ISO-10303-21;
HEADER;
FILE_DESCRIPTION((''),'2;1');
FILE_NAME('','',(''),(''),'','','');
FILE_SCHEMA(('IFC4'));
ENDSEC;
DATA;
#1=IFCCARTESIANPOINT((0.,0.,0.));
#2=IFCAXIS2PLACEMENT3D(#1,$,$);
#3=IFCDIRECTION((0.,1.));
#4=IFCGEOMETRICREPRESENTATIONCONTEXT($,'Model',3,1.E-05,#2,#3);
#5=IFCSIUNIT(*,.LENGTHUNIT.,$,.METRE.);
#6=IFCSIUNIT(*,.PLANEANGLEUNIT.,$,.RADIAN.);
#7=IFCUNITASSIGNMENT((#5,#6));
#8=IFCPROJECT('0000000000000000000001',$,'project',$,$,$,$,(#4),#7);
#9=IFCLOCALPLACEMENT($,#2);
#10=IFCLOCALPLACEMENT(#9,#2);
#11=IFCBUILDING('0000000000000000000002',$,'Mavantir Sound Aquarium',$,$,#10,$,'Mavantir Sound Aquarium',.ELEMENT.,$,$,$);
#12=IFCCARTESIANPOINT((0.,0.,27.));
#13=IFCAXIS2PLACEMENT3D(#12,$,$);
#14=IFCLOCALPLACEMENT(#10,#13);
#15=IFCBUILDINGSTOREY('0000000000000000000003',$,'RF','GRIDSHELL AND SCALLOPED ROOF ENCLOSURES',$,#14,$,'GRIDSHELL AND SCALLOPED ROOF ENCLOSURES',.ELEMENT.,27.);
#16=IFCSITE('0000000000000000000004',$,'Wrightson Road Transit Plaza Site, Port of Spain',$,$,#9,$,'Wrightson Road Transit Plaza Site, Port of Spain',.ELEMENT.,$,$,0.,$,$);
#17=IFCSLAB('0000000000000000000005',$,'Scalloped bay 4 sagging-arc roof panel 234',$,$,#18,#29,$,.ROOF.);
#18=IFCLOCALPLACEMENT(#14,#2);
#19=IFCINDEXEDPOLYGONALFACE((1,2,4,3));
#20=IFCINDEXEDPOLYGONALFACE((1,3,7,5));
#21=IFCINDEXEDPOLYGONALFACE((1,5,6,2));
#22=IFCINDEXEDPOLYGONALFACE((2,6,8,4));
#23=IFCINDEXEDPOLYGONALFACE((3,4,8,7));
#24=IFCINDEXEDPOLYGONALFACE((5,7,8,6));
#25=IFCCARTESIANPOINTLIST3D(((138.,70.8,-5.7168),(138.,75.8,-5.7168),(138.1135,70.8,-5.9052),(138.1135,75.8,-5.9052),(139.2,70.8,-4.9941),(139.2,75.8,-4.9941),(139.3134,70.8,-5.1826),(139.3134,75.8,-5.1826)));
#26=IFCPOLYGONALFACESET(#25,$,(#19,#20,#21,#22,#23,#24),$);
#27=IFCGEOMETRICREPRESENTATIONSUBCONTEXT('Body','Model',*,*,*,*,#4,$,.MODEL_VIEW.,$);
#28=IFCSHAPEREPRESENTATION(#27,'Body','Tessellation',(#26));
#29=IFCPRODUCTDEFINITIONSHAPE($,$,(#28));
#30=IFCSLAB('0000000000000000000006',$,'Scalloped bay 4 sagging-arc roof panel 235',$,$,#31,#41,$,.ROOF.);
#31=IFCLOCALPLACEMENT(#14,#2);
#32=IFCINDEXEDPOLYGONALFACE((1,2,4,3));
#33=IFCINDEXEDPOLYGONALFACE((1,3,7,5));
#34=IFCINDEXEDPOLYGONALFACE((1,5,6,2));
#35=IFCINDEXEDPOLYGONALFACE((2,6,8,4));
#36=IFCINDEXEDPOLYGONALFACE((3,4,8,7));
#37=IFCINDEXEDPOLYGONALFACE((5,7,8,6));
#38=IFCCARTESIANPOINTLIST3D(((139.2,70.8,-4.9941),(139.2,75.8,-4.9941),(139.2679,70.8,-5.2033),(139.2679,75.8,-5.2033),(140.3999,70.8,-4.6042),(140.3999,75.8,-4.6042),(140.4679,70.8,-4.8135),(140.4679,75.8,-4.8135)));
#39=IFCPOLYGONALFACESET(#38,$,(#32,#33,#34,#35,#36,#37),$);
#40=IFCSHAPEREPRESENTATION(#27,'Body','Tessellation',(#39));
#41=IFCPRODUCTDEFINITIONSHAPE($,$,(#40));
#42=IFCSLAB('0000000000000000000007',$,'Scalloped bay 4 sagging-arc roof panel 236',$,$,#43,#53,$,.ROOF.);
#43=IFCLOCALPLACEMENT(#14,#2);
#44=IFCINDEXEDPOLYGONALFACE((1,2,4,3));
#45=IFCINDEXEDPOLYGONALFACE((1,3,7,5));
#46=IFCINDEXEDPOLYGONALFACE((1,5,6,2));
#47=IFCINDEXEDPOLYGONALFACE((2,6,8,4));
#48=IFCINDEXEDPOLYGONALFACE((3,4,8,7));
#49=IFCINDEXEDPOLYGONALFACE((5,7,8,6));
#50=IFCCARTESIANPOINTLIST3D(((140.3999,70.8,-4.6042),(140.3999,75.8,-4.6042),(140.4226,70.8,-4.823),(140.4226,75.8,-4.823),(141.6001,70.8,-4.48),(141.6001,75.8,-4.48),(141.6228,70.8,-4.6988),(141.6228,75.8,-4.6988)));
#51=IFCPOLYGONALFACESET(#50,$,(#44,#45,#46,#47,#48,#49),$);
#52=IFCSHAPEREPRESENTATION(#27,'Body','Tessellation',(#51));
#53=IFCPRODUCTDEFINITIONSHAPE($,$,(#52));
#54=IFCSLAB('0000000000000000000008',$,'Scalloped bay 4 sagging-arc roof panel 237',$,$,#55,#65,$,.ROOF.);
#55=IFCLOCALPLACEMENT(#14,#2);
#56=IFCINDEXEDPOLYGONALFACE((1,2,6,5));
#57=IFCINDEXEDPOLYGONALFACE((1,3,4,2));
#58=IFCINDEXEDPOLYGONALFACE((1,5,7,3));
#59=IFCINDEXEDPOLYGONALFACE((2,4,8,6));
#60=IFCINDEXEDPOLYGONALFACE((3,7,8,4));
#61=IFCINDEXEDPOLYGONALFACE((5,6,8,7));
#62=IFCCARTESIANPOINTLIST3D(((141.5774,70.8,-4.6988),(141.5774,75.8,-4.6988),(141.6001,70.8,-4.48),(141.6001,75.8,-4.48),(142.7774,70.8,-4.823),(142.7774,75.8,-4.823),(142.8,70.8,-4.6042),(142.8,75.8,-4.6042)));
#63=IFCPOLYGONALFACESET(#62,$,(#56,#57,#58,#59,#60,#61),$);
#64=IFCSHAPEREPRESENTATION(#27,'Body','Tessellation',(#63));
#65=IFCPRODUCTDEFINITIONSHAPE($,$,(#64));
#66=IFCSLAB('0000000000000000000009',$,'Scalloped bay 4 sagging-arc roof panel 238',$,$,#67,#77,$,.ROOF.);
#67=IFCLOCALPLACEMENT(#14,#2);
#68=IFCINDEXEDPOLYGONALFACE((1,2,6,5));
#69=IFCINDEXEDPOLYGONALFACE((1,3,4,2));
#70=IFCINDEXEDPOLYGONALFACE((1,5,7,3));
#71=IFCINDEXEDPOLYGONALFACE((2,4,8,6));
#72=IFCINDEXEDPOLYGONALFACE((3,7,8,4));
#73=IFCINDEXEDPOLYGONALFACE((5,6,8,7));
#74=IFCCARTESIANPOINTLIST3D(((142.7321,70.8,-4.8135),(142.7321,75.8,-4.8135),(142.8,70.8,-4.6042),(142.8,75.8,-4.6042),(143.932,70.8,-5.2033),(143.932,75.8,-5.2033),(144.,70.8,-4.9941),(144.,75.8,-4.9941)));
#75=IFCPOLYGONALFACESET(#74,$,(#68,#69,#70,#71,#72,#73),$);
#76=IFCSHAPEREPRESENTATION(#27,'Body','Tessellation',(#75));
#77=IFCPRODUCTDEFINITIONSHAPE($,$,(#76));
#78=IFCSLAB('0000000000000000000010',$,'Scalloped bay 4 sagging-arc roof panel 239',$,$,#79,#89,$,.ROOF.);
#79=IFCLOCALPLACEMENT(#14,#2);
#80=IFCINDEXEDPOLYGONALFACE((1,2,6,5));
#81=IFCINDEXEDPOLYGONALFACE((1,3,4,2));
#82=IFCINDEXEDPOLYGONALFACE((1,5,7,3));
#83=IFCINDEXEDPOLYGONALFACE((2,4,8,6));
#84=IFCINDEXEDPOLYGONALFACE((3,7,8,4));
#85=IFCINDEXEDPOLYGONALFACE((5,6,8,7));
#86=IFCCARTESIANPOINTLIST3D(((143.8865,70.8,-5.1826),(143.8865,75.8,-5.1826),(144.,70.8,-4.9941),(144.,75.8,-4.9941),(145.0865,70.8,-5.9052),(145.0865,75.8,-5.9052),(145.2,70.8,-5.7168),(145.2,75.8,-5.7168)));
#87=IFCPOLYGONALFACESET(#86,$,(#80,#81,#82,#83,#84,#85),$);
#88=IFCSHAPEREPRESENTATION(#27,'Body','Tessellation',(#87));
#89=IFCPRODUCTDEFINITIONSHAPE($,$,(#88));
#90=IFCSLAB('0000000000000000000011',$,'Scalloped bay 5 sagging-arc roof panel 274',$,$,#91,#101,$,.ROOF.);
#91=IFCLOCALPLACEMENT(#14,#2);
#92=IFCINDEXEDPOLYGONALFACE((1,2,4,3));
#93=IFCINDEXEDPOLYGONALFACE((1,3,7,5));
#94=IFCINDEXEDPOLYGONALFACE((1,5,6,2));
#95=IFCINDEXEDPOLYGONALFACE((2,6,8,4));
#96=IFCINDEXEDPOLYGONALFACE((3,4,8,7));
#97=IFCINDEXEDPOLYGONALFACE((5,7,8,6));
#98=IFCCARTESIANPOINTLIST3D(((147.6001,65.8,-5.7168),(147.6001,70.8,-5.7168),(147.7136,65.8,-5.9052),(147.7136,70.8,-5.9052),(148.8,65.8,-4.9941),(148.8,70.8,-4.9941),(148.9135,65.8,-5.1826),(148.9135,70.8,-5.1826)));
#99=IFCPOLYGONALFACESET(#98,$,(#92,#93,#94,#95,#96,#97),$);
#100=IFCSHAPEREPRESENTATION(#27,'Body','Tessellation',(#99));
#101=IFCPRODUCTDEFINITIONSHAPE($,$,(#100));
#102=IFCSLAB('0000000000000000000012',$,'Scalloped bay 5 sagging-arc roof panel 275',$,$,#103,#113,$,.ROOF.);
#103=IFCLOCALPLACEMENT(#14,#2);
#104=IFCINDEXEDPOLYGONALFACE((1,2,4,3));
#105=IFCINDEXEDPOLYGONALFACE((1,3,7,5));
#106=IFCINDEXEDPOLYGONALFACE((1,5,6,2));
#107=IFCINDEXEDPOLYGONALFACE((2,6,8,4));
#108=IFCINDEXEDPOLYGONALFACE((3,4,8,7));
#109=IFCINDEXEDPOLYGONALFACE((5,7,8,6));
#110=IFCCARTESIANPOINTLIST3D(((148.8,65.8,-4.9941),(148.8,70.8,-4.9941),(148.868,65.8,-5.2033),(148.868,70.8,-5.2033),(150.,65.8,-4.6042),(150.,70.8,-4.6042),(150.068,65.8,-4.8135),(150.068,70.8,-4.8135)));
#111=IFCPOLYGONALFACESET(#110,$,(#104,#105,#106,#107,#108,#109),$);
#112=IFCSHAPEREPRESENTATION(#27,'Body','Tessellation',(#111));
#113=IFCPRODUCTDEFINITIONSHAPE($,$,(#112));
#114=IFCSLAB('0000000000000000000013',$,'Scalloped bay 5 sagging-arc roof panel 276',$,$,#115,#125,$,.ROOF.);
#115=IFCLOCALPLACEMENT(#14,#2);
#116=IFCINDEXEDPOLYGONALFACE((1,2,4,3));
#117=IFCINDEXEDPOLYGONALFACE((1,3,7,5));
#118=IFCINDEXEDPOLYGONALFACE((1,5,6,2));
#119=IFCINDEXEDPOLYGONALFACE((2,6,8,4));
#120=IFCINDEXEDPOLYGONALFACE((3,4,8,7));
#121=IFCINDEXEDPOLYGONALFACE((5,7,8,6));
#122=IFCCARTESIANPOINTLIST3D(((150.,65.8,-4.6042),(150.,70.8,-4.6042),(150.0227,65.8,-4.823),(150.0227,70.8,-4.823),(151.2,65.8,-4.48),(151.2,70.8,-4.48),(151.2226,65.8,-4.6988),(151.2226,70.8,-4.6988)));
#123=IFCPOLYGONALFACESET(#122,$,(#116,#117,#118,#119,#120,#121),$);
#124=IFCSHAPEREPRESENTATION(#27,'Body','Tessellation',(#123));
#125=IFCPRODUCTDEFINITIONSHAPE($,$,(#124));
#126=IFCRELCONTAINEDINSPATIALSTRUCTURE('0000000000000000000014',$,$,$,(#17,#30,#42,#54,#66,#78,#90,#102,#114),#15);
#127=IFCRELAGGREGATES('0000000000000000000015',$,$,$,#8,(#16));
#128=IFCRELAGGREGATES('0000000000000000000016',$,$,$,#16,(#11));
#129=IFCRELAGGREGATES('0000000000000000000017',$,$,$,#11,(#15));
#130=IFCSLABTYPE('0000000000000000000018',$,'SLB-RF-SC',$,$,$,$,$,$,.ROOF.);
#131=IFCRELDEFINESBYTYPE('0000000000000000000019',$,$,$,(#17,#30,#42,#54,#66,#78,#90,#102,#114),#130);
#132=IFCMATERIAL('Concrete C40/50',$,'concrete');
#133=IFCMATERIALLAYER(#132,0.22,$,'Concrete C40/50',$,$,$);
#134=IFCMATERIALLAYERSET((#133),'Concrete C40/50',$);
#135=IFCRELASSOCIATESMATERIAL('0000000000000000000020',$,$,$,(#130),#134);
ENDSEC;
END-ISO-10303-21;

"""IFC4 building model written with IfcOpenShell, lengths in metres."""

from ifc_helpers import new_model, si_unit, direction, frame, origin, place, context, subcontext, project, spatial, polyline, outline, extrude, material, layer, layer_set, type_object, element, save


model = new_model("IFC4")

# Units and contexts
model_context = context("Model", 3, precision=1e-05, world=origin(), true_north=direction((0.0, 1.0)))
body_context = subcontext(model_context, "Body", "Model", "MODEL_VIEW")
ifc_project = project(units=[si_unit("LENGTHUNIT", "METRE"), si_unit("PLANEANGLEUNIT", "RADIAN")], contexts=[model_context])

# Site, building, storey
site_placement = place(None, origin())
site = spatial("IfcSite", under=ifc_project, at=site_placement, Name="Wrightson Road Transit Plaza Site, Port of Spain", LongName="Wrightson Road Transit Plaza Site, Port of Spain", CompositionType="ELEMENT", RefElevation=0.0)
building_placement = place(site_placement, origin())
building = spatial("IfcBuilding", under=site, at=building_placement, Name="Mavantir Sound Aquarium", LongName="Mavantir Sound Aquarium", CompositionType="ELEMENT")
storey_placement = place(building_placement, frame((0.0, 0.0, 27.0)))
storey = spatial("IfcBuildingStorey", under=building, at=storey_placement, Name="RF", Description="GRIDSHELL AND SCALLOPED ROOF ENCLOSURES", LongName="GRIDSHELL AND SCALLOPED ROOF ENCLOSURES", CompositionType="ELEMENT", Elevation=27.0)

# Slabs
ifc_material_1 = material(Name="Concrete C40/50", Category="concrete")
ifc_layer_1 = layer(ifc_material_1, 0.22, Name="Concrete C40/50")
ifc_layer_set_1 = layer_set([ifc_layer_1], Name="Concrete C40/50")
slab_type = type_object("IfcSlabType", Name="SLB-RF-SC", PredefinedType="ROOF", material=ifc_layer_set_1)
slab_1_placement = place(storey_placement, frame((138.0, 70.8, -5.7168), z_axis=(-0.515905, 0.0, 0.856646), x_axis=(0.856646, 0.0, 0.515905)))
element("IfcSlab", 1, at=slab_1_placement, inside=storey, type_object=slab_type, Name="Scalloped bay 4 sagging-arc roof panel 234", PredefinedType="ROOF", context=body_context, shape_type="SweptSolid", body=[
    extrude(outline(polyline([(0.0, 0.0), (1.4008, 0.0), (1.4008, 5.0), (0.0, 5.0), (0.0, 0.0)])), origin(), (0.0, 0.0, -1.0), 0.22),
])
slab_2_placement = place(storey_placement, frame((139.2, 70.8, -4.9941), z_axis=(-0.30902, 0.0, 0.951055), x_axis=(0.951055, 0.0, 0.30902)))
element("IfcSlab", 2, at=slab_2_placement, inside=storey, type_object=slab_type, Name="Scalloped bay 4 sagging-arc roof panel 235", PredefinedType="ROOF", context=body_context, shape_type="SweptSolid", body=[
    extrude(outline(polyline([(0.0, 0.0), (1.2617, 0.0), (1.2617, 5.0), (0.0, 5.0), (0.0, 0.0)])), origin(), (0.0, 0.0, -1.0), 0.22),
])
slab_3_placement = place(storey_placement, frame((140.3999, 70.8, -4.6042), z_axis=(-0.102989, 0.0, 0.994683), x_axis=(0.994683, 0.0, 0.102989)))
element("IfcSlab", 3, at=slab_3_placement, inside=storey, type_object=slab_type, Name="Scalloped bay 4 sagging-arc roof panel 236", PredefinedType="ROOF", context=body_context, shape_type="SweptSolid", body=[
    extrude(outline(polyline([(0.0, 0.0), (1.2066, 0.0), (1.2066, 5.0), (0.0, 5.0), (0.0, 0.0)])), origin(), (0.0, 0.0, -1.0), 0.22),
])
slab_4_placement = place(storey_placement, frame((141.6001, 70.8, -4.48), z_axis=(0.10301, 0.0, 0.99468), x_axis=(0.99468, 0.0, -0.10301)))
element("IfcSlab", 4, at=slab_4_placement, inside=storey, type_object=slab_type, Name="Scalloped bay 4 sagging-arc roof panel 237", PredefinedType="ROOF", context=body_context, shape_type="SweptSolid", body=[
    extrude(outline(polyline([(0.0, 0.0), (1.2064, 0.0), (1.2064, 5.0), (0.0, 5.0), (0.0, 0.0)])), origin(), (0.0, 0.0, -1.0), 0.22),
])
slab_5_placement = place(storey_placement, frame((142.8, 70.8, -4.6042), z_axis=(0.30902, 0.0, 0.951055), x_axis=(0.951055, 0.0, -0.30902)))
element("IfcSlab", 5, at=slab_5_placement, inside=storey, type_object=slab_type, Name="Scalloped bay 4 sagging-arc roof panel 238", PredefinedType="ROOF", context=body_context, shape_type="SweptSolid", body=[
    extrude(outline(polyline([(0.0, 0.0), (1.2617, 0.0), (1.2617, 5.0), (0.0, 5.0), (0.0, 0.0)])), origin(), (0.0, 0.0, -1.0), 0.22),
])
for number, where, z_axis, x_axis, name in (
    (6, (144.0, 70.8, -4.9941), (0.515905, 0.0, 0.856646), (0.856646, 0.0, -0.515905), "Scalloped bay 4 sagging-arc roof panel 239"),
    (7, (147.6001, 65.8, -5.7168), (-0.515905, 0.0, 0.856646), (0.856646, 0.0, 0.515905), "Scalloped bay 5 sagging-arc roof panel 274"),
):
    element("IfcSlab", number, at=place(storey_placement, frame(where, z_axis=z_axis, x_axis=x_axis)), inside=storey, type_object=slab_type, Name=name, PredefinedType="ROOF", context=body_context, shape_type="SweptSolid", body=[
        extrude(outline(polyline([(0.0, 0.0), (1.4008, 0.0), (1.4008, 5.0), (0.0, 5.0), (0.0, 0.0)])), origin(), (0.0, 0.0, -1.0), 0.22),
    ])
slab_6_placement = place(storey_placement, frame((148.8, 65.8, -4.9941), z_axis=(-0.30902, 0.0, 0.951055), x_axis=(0.951055, 0.0, 0.30902)))
element("IfcSlab", 8, at=slab_6_placement, inside=storey, type_object=slab_type, Name="Scalloped bay 5 sagging-arc roof panel 275", PredefinedType="ROOF", context=body_context, shape_type="SweptSolid", body=[
    extrude(outline(polyline([(0.0, 0.0), (1.2617, 0.0), (1.2617, 5.0), (0.0, 5.0), (0.0, 0.0)])), origin(), (0.0, 0.0, -1.0), 0.22),
])
slab_7_placement = place(storey_placement, frame((150.0, 65.8, -4.6042), z_axis=(-0.10301, 0.0, 0.99468), x_axis=(0.99468, 0.0, 0.10301)))
element("IfcSlab", 9, at=slab_7_placement, inside=storey, type_object=slab_type, Name="Scalloped bay 5 sagging-arc roof panel 276", PredefinedType="ROOF", context=body_context, shape_type="SweptSolid", body=[
    extrude(outline(polyline([(0.0, 0.0), (1.2064, 0.0), (1.2064, 5.0), (0.0, 5.0), (0.0, 0.0)])), origin(), (0.0, 0.0, -1.0), 0.22),
])

save(model, "model.ifc")
